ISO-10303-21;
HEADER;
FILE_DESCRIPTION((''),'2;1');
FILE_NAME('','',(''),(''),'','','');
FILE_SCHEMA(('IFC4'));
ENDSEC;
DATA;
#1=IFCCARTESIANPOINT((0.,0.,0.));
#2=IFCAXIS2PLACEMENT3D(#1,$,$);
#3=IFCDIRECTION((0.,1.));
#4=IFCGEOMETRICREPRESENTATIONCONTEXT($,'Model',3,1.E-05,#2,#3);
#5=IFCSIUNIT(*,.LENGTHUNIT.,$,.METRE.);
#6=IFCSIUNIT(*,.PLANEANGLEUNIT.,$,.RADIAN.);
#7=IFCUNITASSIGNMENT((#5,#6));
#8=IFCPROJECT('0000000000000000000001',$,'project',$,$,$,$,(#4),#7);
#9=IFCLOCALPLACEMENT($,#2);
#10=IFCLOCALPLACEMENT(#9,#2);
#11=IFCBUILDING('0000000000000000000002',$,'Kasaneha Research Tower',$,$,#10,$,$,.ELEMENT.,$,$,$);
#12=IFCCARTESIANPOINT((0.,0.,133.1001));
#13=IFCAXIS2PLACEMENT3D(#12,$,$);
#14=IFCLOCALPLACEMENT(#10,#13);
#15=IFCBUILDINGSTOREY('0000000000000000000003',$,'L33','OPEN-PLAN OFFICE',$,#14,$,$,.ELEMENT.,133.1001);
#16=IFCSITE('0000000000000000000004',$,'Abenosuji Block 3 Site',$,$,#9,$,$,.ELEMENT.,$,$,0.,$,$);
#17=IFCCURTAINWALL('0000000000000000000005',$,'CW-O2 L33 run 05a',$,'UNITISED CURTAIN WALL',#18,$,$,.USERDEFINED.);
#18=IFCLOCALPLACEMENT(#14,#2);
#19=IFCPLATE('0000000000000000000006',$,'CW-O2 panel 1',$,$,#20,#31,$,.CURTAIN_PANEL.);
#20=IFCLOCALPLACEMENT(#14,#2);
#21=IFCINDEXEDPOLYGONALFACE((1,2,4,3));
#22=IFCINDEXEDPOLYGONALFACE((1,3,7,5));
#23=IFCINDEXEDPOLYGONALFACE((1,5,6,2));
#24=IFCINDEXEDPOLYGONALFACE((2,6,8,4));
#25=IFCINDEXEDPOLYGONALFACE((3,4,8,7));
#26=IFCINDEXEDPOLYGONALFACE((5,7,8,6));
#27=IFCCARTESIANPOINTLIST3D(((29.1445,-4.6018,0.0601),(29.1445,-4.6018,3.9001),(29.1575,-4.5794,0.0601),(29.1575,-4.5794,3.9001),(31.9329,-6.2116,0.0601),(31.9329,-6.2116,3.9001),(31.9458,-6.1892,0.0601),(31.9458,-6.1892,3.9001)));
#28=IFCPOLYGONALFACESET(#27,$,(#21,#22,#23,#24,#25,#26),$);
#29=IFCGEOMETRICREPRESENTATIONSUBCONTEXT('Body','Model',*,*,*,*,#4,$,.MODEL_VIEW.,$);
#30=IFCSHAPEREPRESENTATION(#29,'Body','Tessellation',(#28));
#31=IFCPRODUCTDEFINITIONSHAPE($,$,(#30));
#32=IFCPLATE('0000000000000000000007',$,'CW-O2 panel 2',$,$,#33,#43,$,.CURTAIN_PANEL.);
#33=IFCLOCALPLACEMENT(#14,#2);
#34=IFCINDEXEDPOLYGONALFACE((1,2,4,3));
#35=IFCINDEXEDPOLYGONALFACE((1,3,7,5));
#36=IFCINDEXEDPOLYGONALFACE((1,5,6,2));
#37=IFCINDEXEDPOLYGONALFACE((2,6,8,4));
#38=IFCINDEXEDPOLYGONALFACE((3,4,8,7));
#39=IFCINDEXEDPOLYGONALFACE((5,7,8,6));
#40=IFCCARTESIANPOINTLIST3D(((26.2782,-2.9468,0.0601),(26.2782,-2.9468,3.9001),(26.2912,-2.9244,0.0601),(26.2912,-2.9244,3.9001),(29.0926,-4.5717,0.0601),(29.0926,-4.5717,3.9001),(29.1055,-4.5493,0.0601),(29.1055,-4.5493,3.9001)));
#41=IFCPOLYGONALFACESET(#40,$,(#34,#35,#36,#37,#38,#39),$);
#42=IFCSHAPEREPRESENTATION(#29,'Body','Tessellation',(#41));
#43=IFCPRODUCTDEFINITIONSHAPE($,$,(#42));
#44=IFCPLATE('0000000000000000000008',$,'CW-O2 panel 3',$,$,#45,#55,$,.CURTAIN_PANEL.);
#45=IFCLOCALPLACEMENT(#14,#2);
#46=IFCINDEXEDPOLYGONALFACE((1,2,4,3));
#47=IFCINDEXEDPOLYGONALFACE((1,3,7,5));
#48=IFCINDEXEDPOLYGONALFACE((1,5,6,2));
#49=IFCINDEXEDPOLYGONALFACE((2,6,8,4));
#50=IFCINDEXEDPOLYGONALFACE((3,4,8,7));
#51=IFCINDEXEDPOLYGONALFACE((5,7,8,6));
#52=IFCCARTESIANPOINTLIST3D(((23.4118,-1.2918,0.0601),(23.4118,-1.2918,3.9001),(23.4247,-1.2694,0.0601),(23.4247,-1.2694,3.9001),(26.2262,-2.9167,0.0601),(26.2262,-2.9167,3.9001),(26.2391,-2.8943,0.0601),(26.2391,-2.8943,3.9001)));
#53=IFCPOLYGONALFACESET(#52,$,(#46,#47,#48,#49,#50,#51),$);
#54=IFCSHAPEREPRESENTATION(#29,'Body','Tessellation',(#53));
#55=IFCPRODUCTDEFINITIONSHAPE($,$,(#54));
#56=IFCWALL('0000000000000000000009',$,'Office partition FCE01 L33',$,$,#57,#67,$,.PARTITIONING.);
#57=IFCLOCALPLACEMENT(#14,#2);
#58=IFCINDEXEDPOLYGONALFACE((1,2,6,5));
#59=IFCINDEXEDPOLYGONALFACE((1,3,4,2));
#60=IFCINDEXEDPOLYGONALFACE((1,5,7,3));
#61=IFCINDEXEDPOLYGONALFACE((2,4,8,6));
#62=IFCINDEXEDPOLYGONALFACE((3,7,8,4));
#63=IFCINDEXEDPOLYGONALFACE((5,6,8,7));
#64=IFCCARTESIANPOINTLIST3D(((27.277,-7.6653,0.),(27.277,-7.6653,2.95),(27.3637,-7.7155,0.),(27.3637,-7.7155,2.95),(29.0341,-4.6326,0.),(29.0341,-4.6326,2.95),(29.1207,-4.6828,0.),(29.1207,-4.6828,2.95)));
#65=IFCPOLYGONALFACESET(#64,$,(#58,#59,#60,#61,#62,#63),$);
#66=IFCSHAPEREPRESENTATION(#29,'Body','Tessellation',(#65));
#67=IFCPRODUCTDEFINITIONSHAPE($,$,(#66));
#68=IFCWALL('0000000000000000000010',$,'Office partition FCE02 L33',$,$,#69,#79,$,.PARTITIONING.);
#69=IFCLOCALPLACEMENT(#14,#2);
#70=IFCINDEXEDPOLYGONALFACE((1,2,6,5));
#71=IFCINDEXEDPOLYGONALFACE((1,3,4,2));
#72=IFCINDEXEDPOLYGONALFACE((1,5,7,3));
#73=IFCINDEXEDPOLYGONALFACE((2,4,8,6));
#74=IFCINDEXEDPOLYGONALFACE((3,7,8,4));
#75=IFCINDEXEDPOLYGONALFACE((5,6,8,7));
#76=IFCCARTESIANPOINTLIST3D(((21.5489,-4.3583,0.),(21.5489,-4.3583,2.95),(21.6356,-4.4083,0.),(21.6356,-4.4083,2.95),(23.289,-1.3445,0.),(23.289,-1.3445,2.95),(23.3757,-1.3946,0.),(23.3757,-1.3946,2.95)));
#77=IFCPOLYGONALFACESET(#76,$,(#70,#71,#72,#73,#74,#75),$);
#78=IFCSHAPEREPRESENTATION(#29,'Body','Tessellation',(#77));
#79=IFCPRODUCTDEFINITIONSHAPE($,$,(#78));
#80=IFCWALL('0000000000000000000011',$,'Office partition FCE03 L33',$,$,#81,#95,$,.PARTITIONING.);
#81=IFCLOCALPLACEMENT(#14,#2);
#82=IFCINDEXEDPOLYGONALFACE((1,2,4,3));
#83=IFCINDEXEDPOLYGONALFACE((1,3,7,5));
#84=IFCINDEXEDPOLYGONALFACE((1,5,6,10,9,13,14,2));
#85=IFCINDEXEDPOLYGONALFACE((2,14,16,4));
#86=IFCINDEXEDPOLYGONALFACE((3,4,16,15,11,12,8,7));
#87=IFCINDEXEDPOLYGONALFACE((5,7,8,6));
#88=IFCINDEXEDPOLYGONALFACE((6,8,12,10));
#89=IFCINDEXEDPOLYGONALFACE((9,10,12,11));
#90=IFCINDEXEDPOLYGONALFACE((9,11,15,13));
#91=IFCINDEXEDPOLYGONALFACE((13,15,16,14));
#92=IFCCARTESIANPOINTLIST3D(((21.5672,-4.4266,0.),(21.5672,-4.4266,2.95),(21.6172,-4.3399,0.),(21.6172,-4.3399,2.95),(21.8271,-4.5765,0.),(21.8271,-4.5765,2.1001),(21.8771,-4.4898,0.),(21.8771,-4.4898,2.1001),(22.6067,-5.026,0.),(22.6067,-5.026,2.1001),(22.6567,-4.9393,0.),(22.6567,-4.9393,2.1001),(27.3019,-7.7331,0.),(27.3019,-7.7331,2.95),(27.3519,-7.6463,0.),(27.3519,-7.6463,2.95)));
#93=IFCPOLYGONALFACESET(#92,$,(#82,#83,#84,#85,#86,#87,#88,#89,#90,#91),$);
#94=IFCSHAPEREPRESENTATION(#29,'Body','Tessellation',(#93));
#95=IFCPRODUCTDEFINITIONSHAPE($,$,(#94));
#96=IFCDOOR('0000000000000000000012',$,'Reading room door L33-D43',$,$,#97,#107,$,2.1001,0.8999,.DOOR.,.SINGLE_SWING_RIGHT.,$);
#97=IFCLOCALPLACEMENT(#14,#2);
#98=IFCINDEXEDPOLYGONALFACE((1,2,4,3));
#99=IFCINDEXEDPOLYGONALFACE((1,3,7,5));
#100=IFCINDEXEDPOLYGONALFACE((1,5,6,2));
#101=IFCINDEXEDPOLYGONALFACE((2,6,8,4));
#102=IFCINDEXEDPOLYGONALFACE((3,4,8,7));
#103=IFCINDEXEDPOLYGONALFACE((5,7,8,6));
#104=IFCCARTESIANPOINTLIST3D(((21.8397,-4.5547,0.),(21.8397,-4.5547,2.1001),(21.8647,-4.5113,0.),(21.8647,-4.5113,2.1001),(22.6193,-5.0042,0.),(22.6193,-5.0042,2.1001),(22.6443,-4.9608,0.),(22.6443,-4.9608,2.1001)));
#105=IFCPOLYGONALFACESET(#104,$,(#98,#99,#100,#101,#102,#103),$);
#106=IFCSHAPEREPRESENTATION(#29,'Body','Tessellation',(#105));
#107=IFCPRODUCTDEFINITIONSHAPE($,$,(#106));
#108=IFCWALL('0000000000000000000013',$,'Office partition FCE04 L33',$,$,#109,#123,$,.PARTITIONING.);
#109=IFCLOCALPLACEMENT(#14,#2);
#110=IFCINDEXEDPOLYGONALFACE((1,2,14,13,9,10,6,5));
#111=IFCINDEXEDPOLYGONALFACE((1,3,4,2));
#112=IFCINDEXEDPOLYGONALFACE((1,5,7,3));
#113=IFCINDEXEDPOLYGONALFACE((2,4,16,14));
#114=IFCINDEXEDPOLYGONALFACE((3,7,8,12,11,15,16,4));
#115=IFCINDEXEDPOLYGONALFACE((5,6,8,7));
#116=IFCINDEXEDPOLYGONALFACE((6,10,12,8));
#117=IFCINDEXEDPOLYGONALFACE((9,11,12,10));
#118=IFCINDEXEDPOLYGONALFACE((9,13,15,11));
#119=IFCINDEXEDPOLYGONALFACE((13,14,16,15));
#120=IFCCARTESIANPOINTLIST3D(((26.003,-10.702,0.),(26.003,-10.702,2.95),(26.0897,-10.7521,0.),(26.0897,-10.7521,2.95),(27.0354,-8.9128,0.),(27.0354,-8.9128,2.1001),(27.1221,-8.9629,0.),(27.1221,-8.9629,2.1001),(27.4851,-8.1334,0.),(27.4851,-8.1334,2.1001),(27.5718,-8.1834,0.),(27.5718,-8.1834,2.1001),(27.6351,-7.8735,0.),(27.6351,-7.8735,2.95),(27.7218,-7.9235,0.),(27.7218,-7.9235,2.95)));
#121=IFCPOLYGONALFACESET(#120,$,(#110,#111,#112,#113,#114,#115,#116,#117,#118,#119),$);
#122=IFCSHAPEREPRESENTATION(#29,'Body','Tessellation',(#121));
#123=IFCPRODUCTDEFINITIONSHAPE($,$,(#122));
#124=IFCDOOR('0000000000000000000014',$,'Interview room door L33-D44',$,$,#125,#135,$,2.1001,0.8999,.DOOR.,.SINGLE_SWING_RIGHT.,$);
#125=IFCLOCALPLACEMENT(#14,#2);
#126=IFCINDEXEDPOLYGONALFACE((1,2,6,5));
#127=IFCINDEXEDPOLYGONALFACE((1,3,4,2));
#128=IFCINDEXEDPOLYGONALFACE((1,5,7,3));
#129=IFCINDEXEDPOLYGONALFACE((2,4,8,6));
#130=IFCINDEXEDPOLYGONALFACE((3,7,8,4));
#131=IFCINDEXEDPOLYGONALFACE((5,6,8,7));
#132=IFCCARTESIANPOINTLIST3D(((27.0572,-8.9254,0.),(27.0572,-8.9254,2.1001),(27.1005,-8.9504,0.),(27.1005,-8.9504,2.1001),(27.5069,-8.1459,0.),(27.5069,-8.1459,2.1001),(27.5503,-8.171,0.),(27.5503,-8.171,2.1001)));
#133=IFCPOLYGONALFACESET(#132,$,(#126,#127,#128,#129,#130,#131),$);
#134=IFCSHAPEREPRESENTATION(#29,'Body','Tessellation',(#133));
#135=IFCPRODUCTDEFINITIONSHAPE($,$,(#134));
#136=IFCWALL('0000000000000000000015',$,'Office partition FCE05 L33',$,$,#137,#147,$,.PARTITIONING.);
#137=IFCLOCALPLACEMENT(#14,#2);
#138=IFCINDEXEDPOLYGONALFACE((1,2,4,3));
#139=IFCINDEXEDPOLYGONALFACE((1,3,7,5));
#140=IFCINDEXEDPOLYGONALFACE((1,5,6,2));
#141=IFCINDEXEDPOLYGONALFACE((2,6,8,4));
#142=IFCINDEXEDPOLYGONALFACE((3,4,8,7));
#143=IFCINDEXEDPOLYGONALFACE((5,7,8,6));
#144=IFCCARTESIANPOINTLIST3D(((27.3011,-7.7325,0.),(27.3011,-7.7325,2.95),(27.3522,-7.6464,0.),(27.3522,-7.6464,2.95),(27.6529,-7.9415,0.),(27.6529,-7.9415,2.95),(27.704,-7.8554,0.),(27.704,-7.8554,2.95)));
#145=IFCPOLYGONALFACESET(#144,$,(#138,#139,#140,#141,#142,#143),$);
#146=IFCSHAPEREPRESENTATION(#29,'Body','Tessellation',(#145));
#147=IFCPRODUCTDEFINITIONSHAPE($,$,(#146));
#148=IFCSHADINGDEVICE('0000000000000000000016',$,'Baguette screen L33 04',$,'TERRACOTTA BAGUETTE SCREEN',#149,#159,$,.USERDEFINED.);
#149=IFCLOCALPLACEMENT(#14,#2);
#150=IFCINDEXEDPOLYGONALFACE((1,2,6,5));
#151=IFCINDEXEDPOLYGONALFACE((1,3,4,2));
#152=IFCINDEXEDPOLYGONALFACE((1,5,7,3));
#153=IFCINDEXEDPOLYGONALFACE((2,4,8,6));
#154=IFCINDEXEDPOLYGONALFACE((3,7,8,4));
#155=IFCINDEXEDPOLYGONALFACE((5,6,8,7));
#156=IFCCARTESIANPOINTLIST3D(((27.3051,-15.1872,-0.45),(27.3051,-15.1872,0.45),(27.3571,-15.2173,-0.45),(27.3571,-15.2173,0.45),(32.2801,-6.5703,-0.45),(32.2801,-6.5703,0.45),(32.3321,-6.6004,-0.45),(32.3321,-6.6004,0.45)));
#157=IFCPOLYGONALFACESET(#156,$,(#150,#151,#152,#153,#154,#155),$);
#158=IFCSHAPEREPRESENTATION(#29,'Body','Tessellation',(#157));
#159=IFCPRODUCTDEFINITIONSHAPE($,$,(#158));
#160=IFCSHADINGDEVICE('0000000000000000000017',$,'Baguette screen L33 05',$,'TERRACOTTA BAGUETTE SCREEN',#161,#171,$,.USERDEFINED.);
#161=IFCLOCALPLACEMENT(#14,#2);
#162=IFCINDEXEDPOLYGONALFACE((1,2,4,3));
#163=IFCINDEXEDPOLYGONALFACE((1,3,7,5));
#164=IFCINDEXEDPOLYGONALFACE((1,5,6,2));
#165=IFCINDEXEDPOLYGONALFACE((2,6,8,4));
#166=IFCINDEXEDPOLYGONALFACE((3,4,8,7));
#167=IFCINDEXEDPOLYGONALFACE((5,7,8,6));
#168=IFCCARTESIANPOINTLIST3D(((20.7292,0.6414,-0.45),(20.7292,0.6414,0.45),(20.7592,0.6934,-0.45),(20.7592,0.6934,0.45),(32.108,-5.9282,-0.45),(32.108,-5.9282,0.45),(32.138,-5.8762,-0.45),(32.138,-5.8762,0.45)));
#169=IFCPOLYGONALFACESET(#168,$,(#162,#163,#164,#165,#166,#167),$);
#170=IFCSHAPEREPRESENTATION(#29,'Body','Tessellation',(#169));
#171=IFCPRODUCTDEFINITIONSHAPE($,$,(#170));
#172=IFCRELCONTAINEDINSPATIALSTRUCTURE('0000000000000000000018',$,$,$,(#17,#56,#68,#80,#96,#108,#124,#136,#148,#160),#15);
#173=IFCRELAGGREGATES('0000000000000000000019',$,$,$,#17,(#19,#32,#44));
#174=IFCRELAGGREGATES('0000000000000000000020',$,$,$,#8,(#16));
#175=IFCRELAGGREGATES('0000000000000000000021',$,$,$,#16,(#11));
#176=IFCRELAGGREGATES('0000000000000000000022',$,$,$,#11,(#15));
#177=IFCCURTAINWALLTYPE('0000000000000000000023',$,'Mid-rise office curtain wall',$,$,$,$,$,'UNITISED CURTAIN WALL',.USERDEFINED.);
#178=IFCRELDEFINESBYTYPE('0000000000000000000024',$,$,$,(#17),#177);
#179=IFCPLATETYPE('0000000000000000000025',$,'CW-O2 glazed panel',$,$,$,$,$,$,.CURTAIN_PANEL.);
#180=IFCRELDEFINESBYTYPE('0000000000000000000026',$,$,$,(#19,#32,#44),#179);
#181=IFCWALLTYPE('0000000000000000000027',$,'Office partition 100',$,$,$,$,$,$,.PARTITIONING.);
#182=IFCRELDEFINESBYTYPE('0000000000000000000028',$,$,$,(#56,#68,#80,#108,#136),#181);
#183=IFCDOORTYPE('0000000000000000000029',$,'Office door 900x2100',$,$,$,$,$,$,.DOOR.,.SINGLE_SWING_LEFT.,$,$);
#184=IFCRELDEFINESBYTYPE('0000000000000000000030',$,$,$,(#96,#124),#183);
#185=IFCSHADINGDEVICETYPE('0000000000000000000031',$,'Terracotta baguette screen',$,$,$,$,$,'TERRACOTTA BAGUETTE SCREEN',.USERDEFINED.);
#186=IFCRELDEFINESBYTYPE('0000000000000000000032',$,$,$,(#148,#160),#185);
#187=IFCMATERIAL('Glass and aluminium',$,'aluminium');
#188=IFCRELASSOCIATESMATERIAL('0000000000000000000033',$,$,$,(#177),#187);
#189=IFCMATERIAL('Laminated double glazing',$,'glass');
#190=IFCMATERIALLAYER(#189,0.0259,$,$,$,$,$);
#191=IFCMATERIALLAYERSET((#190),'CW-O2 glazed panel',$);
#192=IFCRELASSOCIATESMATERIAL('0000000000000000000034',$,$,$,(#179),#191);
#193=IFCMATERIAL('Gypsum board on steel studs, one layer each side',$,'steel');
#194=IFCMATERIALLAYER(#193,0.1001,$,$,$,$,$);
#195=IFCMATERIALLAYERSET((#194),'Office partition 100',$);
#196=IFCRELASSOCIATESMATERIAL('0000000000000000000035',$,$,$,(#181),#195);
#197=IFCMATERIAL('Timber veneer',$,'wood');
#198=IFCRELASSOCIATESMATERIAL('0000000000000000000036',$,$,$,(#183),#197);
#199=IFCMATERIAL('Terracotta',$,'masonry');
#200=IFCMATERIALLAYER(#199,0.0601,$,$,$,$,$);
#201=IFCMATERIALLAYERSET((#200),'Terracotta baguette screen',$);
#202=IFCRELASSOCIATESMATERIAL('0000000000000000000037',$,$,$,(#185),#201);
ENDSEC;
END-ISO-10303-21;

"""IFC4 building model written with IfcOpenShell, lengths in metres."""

from ifc_helpers import new_model, si_unit, direction, frame, frame_2d, origin, origin_2d, place, context, subcontext, project, spatial, rectangle, extrude, material, layer, layer_set, type_object, element, fill, aggregate, save


model = new_model("IFC4")

# Units and contexts
model_context = context("Model", 3, precision=1e-05, world=origin(), true_north=direction((0.0, 1.0)))
body_context = subcontext(model_context, "Body", "Model", "MODEL_VIEW")
ifc_project = project(units=[si_unit("LENGTHUNIT", "METRE"), si_unit("PLANEANGLEUNIT", "RADIAN")], contexts=[model_context])

# Site, building, storey
site_placement = place(None, origin())
site = spatial("IfcSite", under=ifc_project, at=site_placement, Name="Abenosuji Block 3 Site", CompositionType="ELEMENT", RefElevation=0.0)
building_placement = place(site_placement, origin())
building = spatial("IfcBuilding", under=site, at=building_placement, Name="Kasaneha Research Tower", CompositionType="ELEMENT")
storey_placement = place(building_placement, frame((0.0, 0.0, 133.1001)))
storey = spatial("IfcBuildingStorey", under=building, at=storey_placement, Name="L33", Description="OPEN-PLAN OFFICE", CompositionType="ELEMENT", Elevation=133.1001)

# Curtain wall
ifc_material_1 = material(Name="Glass and aluminium", Category="aluminium")
curtain_wall_type = type_object("IfcCurtainWallType", Name="Mid-rise office curtain wall", ElementType="UNITISED CURTAIN WALL", PredefinedType="USERDEFINED", material=ifc_material_1)
curtain_wall_1_placement = place(storey_placement, origin())
curtain_wall_1 = element("IfcCurtainWall", 1, at=curtain_wall_1_placement, inside=storey, type_object=curtain_wall_type, Name="CW-O2 L33 run 05a", ObjectType="UNITISED CURTAIN WALL", PredefinedType="USERDEFINED")

# Plates
ifc_material_2 = material(Name="Laminated double glazing", Category="glass")
ifc_layer_1 = layer(ifc_material_2, 0.0259)
ifc_layer_set_1 = layer_set([ifc_layer_1], Name="CW-O2 glazed panel")
plate_type = type_object("IfcPlateType", Name="CW-O2 glazed panel", PredefinedType="CURTAIN_PANEL", material=ifc_layer_set_1)
plate_1_placement = place(storey_placement, frame((30.5452, -5.3955, 0.0601), z_axis=(0.0, 0.0, 1.0), x_axis=(-0.866025, 0.5, 0.0)))
plate_1 = element("IfcPlate", 2, at=plate_1_placement, type_object=plate_type, Name="CW-O2 panel 1", PredefinedType="CURTAIN_PANEL", context=body_context, shape_type="SweptSolid", body=[
    extrude(rectangle(XDim=3.2197, YDim=0.0259, at=origin_2d()), origin(), (0.0, 0.0, 1.0), 3.8401),
])
plate_2_placement = place(storey_placement, frame((27.6919, -3.748, 0.0601), z_axis=(0.0, 0.0, 1.0), x_axis=(-0.866025, 0.5, 0.0)))
plate_2 = element("IfcPlate", 3, at=plate_2_placement, type_object=plate_type, Name="CW-O2 panel 2", PredefinedType="CURTAIN_PANEL", context=body_context, shape_type="SweptSolid", body=[
    extrude(rectangle(XDim=3.2498, YDim=0.0259, at=origin_2d()), origin(), (0.0, 0.0, 1.0), 3.8401),
])
plate_3_placement = place(storey_placement, frame((24.8254, -2.093, 0.0601), z_axis=(0.0, 0.0, 1.0), x_axis=(-0.866025, 0.5, 0.0)))
plate_3 = element("IfcPlate", 4, at=plate_3_placement, type_object=plate_type, Name="CW-O2 panel 3", PredefinedType="CURTAIN_PANEL", context=body_context, shape_type="SweptSolid", body=[
    extrude(rectangle(XDim=3.2498, YDim=0.0259, at=origin_2d()), origin(), (0.0, 0.0, 1.0), 3.8401),
])
aggregate(curtain_wall_1, [plate_1, plate_2, plate_3])

# Walls
ifc_material_3 = material(Name="Gypsum board on steel studs, one layer each side", Category="steel")
ifc_layer_2 = layer(ifc_material_3, 0.1001)
ifc_layer_set_2 = layer_set([ifc_layer_2], Name="Office partition 100")
wall_type = type_object("IfcWallType", Name="Office partition 100", PredefinedType="PARTITIONING", material=ifc_layer_set_2)
wall_1_placement = place(storey_placement, frame((29.0774, -4.6577, 0.0), z_axis=(0.0, 0.0, 1.0), x_axis=(-0.501314, -0.865266, 0.0)))
element("IfcWall", 5, at=wall_1_placement, inside=storey, type_object=wall_type, Name="Office partition FCE01 L33", PredefinedType="PARTITIONING", context=body_context, shape_type="SweptSolid", body=[
    extrude(rectangle(XDim=3.5049, YDim=0.1001, at=frame_2d((1.7524, 0.0))), origin(), (0.0, 0.0, 1.0), 2.95),
])
wall_2_placement = place(storey_placement, frame((21.5923, -4.3833, 0.0), z_axis=(0.0, 0.0, 1.0), x_axis=(0.50001, 0.86602, 0.0)))
element("IfcWall", 6, at=wall_2_placement, inside=storey, type_object=wall_type, Name="Office partition FCE02 L33", PredefinedType="PARTITIONING", context=body_context, shape_type="SweptSolid", body=[
    extrude(rectangle(XDim=3.48, YDim=0.1001, at=frame_2d((1.74, 0.0))), origin(), (0.0, 0.0, 1.0), 2.95),
])

# Walls, openings, doors
wall_3_placement = place(storey_placement, frame((27.3269, -7.6897, 0.0), z_axis=(0.0, 0.0, 1.0), x_axis=(-0.866319, 0.499491, 0.0)))
wall_3 = element("IfcWall", 7, at=wall_3_placement, inside=storey, type_object=wall_type, Name="Office partition FCE03 L33", PredefinedType="PARTITIONING", context=body_context, shape_type="SweptSolid", body=[
    extrude(rectangle(XDim=6.6196, YDim=0.1001, at=frame_2d((3.3098, 0.0))), origin(), (0.0, 0.0, 1.0), 2.95),
])
opening_1_placement = place(wall_3_placement, frame((5.4197, 0.0, 0.0)))
opening_1 = element("IfcOpeningElement", 8, at=opening_1_placement, cuts=wall_3, PredefinedType="OPENING", context=body_context, shape_type="SweptSolid", body=[
    extrude(rectangle(XDim=0.8999, YDim=2.1001, at=frame_2d((0.45, 1.05))), frame((0.0, 0.0601, 0.0), z_axis=(0.0, -1.0, 0.0), x_axis=(1.0, 0.0, 0.0)), (0.0, 0.0, 1.0), 0.1201),
])
ifc_material_4 = material(Name="Timber veneer", Category="wood")
door_type = type_object("IfcDoorType", Name="Office door 900x2100", OperationType="SINGLE_SWING_LEFT", PredefinedType="DOOR", material=ifc_material_4)
door_1_placement = place(opening_1_placement, origin())
door_1 = element("IfcDoor", 9, at=door_1_placement, inside=storey, type_object=door_type, Name="Reading room door L33-D43", OperationType="SINGLE_SWING_RIGHT", OverallHeight=2.1001, OverallWidth=0.8999, PredefinedType="DOOR", context=body_context, shape_type="SweptSolid", body=[
    extrude(rectangle(XDim=0.8999, YDim=2.1001, at=frame_2d((0.45, 1.05))), frame((0.0, 0.0249, 0.0), z_axis=(0.0, -1.0, 0.0), x_axis=(1.0, 0.0, 0.0)), (0.0, 0.0, 1.0), 0.05),
])
fill(opening_1, door_1)
wall_4_placement = place(storey_placement, frame((26.0464, -10.7271, 0.0), z_axis=(0.0, 0.0, 1.0), x_axis=(0.499766, 0.866161, 0.0)))
wall_4 = element("IfcWall", 10, at=wall_4_placement, inside=storey, type_object=wall_type, Name="Office partition FCE04 L33", PredefinedType="PARTITIONING", context=body_context, shape_type="SweptSolid", body=[
    extrude(rectangle(XDim=3.2656, YDim=0.1001, at=frame_2d((1.6328, 0.0))), origin(), (0.0, 0.0, 1.0), 2.95),
])
opening_2_placement = place(wall_4_placement, frame((2.0657, 0.0, 0.0)))
opening_2 = element("IfcOpeningElement", 11, at=opening_2_placement, cuts=wall_4, PredefinedType="OPENING", context=body_context, shape_type="SweptSolid", body=[
    extrude(rectangle(XDim=0.8999, YDim=2.1001, at=frame_2d((0.45, 1.05))), frame((0.0, 0.0601, 0.0), z_axis=(0.0, -1.0, 0.0), x_axis=(1.0, 0.0, 0.0)), (0.0, 0.0, 1.0), 0.1201),
])
door_2_placement = place(opening_2_placement, origin())
door_2 = element("IfcDoor", 12, at=door_2_placement, inside=storey, type_object=door_type, Name="Interview room door L33-D44", OperationType="SINGLE_SWING_RIGHT", OverallHeight=2.1001, OverallWidth=0.8999, PredefinedType="DOOR", context=body_context, shape_type="SweptSolid", body=[
    extrude(rectangle(XDim=0.8999, YDim=2.1001, at=frame_2d((0.45, 1.05))), frame((0.0, 0.0249, 0.0), z_axis=(0.0, -1.0, 0.0), x_axis=(1.0, 0.0, 0.0)), (0.0, 0.0, 1.0), 0.05),
])
fill(opening_2, door_2)

# Wall
wall_5_placement = place(storey_placement, frame((27.6785, -7.8984, 0.0), z_axis=(0.0, 0.0, 1.0), x_axis=(-0.859748, 0.510718, 0.0)))
element("IfcWall", 13, at=wall_5_placement, inside=storey, type_object=wall_type, Name="Office partition FCE05 L33", PredefinedType="PARTITIONING", context=body_context, shape_type="SweptSolid", body=[
    extrude(rectangle(XDim=0.4092, YDim=0.1001, at=frame_2d((0.2046, 0.0))), origin(), (0.0, 0.0, 1.0), 2.95),
])

# Shading devices
ifc_material_5 = material(Name="Terracotta", Category="masonry")
ifc_layer_3 = layer(ifc_material_5, 0.0601)
ifc_layer_set_3 = layer_set([ifc_layer_3], Name="Terracotta baguette screen")
shading_device_type = type_object("IfcShadingDeviceType", Name="Terracotta baguette screen", ElementType="TERRACOTTA BAGUETTE SCREEN", PredefinedType="USERDEFINED", material=ifc_layer_set_3)
shading_device_1_placement = place(storey_placement, frame((29.8186, -10.8938, -0.45), z_axis=(0.0, 0.0, 1.0), x_axis=(0.5, 0.866025, 0.0)))
element("IfcShadingDevice", 14, at=shading_device_1_placement, inside=storey, type_object=shading_device_type, Name="Baguette screen L33 04", ObjectType="TERRACOTTA BAGUETTE SCREEN", PredefinedType="USERDEFINED", context=body_context, shape_type="SweptSolid", body=[
    extrude(rectangle(XDim=9.95, YDim=0.0601, at=origin_2d()), origin(), (0.0, 0.0, 1.0), 0.8999),
])
shading_device_2_placement = place(storey_placement, frame((26.4336, -2.6174, -0.45), z_axis=(0.0, 0.0, 1.0), x_axis=(-0.866025, 0.5, 0.0)))
element("IfcShadingDevice", 15, at=shading_device_2_placement, inside=storey, type_object=shading_device_type, Name="Baguette screen L33 05", ObjectType="TERRACOTTA BAGUETTE SCREEN", PredefinedType="USERDEFINED", context=body_context, shape_type="SweptSolid", body=[
    extrude(rectangle(XDim=13.1392, YDim=0.0601, at=origin_2d()), origin(), (0.0, 0.0, 1.0), 0.8999),
])

save(model, "model.ifc")
